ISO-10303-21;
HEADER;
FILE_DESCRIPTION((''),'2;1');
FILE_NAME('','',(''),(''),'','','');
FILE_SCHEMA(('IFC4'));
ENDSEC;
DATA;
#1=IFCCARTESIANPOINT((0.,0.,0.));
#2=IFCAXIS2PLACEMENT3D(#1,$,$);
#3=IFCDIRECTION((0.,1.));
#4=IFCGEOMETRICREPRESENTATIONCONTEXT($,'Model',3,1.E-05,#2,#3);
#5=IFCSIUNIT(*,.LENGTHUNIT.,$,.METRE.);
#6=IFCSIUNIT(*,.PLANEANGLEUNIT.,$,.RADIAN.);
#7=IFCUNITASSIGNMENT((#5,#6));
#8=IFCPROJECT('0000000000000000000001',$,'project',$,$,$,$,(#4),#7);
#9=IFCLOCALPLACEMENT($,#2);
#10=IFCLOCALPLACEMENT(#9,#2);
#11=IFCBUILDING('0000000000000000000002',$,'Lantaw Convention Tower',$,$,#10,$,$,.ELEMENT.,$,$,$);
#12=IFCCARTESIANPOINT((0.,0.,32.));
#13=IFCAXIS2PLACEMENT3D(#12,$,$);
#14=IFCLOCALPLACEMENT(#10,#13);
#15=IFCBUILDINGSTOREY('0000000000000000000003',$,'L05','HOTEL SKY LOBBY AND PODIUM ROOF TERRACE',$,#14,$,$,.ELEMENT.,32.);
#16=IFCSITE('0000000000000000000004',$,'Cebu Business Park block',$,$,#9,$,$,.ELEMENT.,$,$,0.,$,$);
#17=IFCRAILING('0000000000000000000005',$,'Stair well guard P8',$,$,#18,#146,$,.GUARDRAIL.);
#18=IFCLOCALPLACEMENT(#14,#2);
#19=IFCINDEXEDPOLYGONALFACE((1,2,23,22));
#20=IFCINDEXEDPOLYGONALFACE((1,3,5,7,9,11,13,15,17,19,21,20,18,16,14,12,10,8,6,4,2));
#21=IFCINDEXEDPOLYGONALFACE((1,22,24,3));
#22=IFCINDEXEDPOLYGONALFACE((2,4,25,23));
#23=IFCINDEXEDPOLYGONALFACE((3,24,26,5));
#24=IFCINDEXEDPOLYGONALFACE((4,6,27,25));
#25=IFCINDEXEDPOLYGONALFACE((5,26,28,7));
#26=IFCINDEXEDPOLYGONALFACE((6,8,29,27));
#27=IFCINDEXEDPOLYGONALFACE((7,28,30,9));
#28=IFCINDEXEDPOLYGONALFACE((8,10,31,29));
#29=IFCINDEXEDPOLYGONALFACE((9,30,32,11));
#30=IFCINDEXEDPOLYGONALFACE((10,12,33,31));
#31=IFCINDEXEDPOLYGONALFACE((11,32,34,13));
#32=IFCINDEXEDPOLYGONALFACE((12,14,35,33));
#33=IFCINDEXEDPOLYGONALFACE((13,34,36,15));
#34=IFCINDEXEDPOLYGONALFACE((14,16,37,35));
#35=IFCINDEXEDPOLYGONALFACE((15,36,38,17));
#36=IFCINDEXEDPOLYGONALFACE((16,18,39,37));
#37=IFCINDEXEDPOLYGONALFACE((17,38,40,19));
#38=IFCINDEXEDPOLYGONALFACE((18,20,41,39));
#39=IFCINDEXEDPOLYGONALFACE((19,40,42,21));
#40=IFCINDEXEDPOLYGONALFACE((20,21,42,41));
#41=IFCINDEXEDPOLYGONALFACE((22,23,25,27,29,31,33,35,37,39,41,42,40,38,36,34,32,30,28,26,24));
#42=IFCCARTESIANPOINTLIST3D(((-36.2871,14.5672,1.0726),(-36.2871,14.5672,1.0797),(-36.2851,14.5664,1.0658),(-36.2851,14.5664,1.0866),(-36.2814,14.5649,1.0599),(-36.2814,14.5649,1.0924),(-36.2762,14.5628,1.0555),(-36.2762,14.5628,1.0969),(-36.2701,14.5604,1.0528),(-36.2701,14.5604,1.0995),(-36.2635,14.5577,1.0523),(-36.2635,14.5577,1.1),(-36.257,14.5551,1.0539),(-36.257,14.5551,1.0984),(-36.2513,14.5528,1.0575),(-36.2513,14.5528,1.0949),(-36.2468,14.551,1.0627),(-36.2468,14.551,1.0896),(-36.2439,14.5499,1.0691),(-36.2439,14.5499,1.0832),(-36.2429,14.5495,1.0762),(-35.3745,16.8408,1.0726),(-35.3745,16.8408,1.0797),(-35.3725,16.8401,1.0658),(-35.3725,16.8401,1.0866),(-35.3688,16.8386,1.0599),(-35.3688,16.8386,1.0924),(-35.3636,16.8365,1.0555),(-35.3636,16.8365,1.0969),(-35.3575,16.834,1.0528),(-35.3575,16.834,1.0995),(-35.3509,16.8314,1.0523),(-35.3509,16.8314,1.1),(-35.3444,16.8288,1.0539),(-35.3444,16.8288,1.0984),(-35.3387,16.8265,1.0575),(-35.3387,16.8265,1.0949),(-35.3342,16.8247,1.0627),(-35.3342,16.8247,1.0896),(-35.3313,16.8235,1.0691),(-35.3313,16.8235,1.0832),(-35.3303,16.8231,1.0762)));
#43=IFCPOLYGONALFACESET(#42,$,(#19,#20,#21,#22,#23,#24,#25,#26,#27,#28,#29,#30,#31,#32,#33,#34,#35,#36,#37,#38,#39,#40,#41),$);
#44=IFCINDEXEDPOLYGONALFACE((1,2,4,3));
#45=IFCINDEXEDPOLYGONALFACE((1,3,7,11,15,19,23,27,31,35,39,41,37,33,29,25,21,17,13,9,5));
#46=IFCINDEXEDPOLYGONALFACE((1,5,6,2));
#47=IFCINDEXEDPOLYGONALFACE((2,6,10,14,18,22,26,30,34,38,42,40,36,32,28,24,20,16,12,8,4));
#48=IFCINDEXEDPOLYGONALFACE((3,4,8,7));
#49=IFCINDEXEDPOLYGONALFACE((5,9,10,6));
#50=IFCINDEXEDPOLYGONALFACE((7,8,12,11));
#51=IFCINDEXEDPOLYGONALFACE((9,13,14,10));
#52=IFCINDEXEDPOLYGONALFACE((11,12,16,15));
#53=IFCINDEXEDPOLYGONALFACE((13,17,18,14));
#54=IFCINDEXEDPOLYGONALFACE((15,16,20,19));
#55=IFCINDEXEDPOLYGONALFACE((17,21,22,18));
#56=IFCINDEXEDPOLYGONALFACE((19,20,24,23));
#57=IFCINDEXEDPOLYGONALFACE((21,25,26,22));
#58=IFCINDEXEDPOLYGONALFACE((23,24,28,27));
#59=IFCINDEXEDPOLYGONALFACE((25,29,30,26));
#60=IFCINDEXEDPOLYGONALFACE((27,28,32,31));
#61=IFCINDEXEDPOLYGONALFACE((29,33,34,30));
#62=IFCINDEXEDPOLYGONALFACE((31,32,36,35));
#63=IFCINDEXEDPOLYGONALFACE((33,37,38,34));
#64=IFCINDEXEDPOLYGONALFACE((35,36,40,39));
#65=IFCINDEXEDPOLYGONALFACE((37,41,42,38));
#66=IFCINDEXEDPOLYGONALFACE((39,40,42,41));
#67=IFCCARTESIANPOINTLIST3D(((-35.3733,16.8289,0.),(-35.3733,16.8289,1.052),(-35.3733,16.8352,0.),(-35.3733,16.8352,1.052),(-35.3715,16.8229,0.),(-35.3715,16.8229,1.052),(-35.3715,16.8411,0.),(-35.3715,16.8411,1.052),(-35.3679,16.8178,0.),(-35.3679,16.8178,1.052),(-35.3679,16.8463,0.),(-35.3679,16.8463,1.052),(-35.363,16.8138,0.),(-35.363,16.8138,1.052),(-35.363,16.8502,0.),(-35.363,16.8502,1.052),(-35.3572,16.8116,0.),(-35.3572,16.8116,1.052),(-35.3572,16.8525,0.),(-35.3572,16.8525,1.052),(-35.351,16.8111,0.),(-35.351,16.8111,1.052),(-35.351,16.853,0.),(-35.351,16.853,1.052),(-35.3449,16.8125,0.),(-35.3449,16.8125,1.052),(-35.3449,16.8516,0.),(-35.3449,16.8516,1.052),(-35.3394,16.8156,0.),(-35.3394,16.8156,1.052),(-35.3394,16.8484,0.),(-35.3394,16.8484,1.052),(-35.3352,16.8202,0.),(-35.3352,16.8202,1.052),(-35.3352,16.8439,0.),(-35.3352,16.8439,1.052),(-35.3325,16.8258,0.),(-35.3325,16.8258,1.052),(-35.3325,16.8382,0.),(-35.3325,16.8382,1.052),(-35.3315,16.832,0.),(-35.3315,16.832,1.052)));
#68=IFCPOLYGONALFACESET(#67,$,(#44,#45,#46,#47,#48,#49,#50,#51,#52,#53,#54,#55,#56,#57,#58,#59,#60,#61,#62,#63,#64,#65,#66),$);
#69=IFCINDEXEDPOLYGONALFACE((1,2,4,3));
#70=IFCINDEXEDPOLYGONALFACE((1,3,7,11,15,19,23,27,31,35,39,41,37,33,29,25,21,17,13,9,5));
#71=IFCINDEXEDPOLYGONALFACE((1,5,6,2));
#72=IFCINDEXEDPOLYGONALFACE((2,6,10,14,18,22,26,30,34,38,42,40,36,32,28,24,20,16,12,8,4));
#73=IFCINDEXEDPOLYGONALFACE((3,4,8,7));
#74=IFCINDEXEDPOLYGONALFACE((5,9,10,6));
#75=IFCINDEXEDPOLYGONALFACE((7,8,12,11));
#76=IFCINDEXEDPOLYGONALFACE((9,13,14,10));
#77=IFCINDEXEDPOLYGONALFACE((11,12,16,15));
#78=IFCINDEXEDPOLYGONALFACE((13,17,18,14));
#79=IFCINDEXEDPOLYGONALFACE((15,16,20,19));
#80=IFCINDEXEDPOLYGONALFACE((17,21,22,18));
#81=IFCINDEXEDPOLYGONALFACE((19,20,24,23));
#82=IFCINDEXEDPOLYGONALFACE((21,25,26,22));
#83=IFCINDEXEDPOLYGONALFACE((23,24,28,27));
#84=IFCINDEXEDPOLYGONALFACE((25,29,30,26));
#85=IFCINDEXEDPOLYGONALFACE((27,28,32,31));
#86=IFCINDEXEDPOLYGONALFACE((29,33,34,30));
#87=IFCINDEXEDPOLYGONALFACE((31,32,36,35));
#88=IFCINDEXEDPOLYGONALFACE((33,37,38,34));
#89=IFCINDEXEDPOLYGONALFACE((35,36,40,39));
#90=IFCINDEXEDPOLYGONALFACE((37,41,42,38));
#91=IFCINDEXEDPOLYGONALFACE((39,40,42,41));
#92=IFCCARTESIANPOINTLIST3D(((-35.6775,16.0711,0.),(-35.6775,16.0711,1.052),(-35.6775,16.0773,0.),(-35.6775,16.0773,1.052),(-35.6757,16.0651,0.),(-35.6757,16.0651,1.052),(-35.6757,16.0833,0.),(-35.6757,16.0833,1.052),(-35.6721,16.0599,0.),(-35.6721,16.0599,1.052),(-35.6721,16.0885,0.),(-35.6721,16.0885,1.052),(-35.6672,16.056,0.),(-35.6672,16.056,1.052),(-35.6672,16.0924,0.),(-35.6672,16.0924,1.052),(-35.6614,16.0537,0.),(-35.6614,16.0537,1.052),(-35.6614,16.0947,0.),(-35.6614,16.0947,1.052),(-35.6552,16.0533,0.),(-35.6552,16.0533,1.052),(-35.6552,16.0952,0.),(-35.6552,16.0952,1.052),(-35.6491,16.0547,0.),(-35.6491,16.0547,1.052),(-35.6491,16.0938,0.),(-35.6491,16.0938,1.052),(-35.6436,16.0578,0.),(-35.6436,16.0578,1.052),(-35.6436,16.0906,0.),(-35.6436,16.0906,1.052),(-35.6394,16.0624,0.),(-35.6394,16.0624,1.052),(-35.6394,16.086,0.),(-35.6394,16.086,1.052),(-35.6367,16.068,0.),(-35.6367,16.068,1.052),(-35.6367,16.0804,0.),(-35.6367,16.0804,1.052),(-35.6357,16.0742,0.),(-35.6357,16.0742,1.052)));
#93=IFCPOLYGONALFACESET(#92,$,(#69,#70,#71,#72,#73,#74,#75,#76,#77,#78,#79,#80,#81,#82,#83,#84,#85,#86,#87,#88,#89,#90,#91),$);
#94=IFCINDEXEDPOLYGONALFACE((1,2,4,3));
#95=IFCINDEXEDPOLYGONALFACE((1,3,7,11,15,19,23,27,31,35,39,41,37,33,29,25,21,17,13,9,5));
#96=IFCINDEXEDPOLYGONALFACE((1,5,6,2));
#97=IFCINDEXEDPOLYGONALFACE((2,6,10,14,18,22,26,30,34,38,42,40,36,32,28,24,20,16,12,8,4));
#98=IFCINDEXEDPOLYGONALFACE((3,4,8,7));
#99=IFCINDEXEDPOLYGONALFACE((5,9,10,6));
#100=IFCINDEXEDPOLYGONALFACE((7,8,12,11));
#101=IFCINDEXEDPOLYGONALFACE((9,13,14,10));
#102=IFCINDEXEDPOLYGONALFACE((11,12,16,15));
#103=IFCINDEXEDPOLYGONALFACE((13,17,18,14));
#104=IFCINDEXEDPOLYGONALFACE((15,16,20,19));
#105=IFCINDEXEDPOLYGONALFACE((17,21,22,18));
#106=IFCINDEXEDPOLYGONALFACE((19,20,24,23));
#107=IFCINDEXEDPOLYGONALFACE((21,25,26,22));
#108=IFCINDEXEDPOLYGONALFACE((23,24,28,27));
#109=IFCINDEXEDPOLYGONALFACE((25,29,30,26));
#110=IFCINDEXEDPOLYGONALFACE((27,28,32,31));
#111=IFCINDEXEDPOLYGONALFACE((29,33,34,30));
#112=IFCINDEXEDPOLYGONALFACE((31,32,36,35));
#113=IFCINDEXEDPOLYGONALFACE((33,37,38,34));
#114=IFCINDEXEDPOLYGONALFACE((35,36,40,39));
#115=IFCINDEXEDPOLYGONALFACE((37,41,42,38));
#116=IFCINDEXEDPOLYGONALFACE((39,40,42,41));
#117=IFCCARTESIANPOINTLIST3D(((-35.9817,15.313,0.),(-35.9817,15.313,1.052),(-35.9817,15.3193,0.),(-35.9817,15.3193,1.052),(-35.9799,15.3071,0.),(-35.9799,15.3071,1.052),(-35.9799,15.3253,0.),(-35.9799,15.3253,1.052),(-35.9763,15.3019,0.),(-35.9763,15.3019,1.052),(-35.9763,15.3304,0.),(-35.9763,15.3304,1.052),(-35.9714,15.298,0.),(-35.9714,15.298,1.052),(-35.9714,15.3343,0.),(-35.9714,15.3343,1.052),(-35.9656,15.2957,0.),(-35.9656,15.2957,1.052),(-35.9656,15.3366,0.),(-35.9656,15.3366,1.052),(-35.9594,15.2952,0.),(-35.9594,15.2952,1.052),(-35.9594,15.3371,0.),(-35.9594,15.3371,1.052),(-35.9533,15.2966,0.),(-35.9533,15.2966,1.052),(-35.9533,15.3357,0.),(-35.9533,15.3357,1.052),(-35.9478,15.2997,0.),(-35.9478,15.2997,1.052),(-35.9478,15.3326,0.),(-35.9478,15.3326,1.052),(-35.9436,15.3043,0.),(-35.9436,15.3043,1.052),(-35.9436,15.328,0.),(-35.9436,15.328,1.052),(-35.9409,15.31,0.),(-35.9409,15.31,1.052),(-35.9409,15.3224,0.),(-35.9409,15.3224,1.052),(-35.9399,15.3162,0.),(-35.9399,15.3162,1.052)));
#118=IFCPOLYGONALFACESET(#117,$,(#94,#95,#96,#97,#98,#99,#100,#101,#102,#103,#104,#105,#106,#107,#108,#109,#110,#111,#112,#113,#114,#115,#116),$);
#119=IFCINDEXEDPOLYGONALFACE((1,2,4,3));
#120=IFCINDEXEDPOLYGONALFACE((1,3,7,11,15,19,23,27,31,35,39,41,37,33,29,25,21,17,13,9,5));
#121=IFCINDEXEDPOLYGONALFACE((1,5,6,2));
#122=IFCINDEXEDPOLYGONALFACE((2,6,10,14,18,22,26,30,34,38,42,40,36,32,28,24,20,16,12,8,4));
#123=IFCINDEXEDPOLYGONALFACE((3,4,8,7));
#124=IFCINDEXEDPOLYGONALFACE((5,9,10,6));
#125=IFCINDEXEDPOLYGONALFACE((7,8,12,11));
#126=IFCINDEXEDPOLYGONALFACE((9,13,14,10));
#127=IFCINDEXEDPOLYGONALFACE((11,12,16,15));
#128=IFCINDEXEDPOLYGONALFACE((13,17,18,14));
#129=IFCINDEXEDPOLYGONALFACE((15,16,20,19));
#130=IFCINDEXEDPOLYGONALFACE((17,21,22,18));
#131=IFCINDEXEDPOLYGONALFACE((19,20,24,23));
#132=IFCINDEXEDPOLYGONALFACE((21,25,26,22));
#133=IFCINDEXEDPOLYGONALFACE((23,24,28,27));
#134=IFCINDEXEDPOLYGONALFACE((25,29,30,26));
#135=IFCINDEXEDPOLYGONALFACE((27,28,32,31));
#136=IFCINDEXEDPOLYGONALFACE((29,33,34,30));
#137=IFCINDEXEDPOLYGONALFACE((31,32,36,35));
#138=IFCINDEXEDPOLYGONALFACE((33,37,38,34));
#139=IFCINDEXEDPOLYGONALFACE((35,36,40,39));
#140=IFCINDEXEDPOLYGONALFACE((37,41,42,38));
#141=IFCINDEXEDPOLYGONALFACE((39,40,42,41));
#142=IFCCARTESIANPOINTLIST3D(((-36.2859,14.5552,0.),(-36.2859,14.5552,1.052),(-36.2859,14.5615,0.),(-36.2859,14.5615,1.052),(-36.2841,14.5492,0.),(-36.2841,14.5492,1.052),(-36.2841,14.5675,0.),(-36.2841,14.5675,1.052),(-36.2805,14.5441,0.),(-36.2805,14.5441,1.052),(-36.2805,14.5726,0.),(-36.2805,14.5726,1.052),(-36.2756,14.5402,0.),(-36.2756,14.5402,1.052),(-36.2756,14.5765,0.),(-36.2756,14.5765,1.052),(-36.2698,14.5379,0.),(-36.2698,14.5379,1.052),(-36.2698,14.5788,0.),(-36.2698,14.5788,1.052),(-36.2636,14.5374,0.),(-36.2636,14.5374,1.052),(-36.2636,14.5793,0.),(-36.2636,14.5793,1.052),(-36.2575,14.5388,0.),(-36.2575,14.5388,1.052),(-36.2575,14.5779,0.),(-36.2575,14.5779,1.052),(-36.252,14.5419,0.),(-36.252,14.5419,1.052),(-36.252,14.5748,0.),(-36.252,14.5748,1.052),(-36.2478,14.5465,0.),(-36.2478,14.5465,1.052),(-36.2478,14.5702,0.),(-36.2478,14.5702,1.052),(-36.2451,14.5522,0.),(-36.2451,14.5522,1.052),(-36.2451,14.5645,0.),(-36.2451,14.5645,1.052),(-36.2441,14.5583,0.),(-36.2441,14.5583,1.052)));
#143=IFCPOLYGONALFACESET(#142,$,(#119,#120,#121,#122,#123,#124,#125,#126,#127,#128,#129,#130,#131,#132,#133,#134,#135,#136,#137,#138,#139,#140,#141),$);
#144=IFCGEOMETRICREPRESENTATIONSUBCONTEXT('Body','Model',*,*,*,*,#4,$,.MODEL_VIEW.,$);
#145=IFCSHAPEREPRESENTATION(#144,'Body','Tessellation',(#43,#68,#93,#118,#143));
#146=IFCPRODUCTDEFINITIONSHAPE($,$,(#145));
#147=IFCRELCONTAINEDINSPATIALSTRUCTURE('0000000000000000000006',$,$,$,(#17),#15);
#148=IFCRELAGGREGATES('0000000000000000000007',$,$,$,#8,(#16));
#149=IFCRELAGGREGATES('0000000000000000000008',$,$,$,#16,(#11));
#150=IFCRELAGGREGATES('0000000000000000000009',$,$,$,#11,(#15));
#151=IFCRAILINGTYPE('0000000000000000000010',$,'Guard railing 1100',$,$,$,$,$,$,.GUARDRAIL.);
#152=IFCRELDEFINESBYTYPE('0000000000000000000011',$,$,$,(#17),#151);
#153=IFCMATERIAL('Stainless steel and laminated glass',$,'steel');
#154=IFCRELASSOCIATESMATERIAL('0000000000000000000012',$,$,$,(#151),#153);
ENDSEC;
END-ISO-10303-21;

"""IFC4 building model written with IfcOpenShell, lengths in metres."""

from ifc_helpers import new_model, si_unit, direction, frame, origin, origin_2d, place, context, subcontext, project, spatial, circle, extrude, material, type_object, element, save


model = new_model("IFC4")

# Units and contexts
model_context = context("Model", 3, precision=1e-05, world=origin(), true_north=direction((0.0, 1.0)))
body_context = subcontext(model_context, "Body", "Model", "MODEL_VIEW")
ifc_project = project(units=[si_unit("LENGTHUNIT", "METRE"), si_unit("PLANEANGLEUNIT", "RADIAN")], contexts=[model_context])

# Site, building, storey
site_placement = place(None, origin())
site = spatial("IfcSite", under=ifc_project, at=site_placement, Name="Cebu Business Park block", CompositionType="ELEMENT", RefElevation=0.0)
building_placement = place(site_placement, origin())
building = spatial("IfcBuilding", under=site, at=building_placement, Name="Lantaw Convention Tower", CompositionType="ELEMENT")
storey_placement = place(building_placement, frame((0.0, 0.0, 32.0)))
storey = spatial("IfcBuildingStorey", under=building, at=storey_placement, Name="L05", Description="HOTEL SKY LOBBY AND PODIUM ROOF TERRACE", CompositionType="ELEMENT", Elevation=32.0)

# Railing
ifc_material_1 = material(Name="Stainless steel and laminated glass", Category="steel")
railing_type_1 = type_object("IfcRailingType", Name="Guard railing 1100", PredefinedType="GUARDRAIL", material=ifc_material_1)
railing_1_placement = place(storey_placement, frame((-35.3525, 16.832, 0.0)))
element("IfcRailing", 1, at=railing_1_placement, inside=storey, type_object=railing_type_1, Name="Stair well guard P8", PredefinedType="GUARDRAIL", context=body_context, shape_type="SweptSolid", body=[
    extrude(circle(Radius=0.0239, at=origin_2d()), frame((0.0, 0.0, 1.0762), z_axis=(-0.37249, -0.928036, 0.0), x_axis=(0.928036, -0.37249, 0.0)), (0.0, 0.0, 1.0), 2.45),
    extrude(circle(Radius=0.021, at=origin_2d()), origin(), (0.0, 0.0, 1.0), 1.052),
    extrude(circle(Radius=0.021, at=origin_2d()), frame((-0.3042, -0.7578, 0.0)), (0.0, 0.0, 1.0), 1.052),
    extrude(circle(Radius=0.021, at=origin_2d()), frame((-0.6084, -1.5159, 0.0)), (0.0, 0.0, 1.0), 1.052),
    extrude(circle(Radius=0.021, at=origin_2d()), frame((-0.9126, -2.2737, 0.0)), (0.0, 0.0, 1.0), 1.052),
])

save(model, "model.ifc")
